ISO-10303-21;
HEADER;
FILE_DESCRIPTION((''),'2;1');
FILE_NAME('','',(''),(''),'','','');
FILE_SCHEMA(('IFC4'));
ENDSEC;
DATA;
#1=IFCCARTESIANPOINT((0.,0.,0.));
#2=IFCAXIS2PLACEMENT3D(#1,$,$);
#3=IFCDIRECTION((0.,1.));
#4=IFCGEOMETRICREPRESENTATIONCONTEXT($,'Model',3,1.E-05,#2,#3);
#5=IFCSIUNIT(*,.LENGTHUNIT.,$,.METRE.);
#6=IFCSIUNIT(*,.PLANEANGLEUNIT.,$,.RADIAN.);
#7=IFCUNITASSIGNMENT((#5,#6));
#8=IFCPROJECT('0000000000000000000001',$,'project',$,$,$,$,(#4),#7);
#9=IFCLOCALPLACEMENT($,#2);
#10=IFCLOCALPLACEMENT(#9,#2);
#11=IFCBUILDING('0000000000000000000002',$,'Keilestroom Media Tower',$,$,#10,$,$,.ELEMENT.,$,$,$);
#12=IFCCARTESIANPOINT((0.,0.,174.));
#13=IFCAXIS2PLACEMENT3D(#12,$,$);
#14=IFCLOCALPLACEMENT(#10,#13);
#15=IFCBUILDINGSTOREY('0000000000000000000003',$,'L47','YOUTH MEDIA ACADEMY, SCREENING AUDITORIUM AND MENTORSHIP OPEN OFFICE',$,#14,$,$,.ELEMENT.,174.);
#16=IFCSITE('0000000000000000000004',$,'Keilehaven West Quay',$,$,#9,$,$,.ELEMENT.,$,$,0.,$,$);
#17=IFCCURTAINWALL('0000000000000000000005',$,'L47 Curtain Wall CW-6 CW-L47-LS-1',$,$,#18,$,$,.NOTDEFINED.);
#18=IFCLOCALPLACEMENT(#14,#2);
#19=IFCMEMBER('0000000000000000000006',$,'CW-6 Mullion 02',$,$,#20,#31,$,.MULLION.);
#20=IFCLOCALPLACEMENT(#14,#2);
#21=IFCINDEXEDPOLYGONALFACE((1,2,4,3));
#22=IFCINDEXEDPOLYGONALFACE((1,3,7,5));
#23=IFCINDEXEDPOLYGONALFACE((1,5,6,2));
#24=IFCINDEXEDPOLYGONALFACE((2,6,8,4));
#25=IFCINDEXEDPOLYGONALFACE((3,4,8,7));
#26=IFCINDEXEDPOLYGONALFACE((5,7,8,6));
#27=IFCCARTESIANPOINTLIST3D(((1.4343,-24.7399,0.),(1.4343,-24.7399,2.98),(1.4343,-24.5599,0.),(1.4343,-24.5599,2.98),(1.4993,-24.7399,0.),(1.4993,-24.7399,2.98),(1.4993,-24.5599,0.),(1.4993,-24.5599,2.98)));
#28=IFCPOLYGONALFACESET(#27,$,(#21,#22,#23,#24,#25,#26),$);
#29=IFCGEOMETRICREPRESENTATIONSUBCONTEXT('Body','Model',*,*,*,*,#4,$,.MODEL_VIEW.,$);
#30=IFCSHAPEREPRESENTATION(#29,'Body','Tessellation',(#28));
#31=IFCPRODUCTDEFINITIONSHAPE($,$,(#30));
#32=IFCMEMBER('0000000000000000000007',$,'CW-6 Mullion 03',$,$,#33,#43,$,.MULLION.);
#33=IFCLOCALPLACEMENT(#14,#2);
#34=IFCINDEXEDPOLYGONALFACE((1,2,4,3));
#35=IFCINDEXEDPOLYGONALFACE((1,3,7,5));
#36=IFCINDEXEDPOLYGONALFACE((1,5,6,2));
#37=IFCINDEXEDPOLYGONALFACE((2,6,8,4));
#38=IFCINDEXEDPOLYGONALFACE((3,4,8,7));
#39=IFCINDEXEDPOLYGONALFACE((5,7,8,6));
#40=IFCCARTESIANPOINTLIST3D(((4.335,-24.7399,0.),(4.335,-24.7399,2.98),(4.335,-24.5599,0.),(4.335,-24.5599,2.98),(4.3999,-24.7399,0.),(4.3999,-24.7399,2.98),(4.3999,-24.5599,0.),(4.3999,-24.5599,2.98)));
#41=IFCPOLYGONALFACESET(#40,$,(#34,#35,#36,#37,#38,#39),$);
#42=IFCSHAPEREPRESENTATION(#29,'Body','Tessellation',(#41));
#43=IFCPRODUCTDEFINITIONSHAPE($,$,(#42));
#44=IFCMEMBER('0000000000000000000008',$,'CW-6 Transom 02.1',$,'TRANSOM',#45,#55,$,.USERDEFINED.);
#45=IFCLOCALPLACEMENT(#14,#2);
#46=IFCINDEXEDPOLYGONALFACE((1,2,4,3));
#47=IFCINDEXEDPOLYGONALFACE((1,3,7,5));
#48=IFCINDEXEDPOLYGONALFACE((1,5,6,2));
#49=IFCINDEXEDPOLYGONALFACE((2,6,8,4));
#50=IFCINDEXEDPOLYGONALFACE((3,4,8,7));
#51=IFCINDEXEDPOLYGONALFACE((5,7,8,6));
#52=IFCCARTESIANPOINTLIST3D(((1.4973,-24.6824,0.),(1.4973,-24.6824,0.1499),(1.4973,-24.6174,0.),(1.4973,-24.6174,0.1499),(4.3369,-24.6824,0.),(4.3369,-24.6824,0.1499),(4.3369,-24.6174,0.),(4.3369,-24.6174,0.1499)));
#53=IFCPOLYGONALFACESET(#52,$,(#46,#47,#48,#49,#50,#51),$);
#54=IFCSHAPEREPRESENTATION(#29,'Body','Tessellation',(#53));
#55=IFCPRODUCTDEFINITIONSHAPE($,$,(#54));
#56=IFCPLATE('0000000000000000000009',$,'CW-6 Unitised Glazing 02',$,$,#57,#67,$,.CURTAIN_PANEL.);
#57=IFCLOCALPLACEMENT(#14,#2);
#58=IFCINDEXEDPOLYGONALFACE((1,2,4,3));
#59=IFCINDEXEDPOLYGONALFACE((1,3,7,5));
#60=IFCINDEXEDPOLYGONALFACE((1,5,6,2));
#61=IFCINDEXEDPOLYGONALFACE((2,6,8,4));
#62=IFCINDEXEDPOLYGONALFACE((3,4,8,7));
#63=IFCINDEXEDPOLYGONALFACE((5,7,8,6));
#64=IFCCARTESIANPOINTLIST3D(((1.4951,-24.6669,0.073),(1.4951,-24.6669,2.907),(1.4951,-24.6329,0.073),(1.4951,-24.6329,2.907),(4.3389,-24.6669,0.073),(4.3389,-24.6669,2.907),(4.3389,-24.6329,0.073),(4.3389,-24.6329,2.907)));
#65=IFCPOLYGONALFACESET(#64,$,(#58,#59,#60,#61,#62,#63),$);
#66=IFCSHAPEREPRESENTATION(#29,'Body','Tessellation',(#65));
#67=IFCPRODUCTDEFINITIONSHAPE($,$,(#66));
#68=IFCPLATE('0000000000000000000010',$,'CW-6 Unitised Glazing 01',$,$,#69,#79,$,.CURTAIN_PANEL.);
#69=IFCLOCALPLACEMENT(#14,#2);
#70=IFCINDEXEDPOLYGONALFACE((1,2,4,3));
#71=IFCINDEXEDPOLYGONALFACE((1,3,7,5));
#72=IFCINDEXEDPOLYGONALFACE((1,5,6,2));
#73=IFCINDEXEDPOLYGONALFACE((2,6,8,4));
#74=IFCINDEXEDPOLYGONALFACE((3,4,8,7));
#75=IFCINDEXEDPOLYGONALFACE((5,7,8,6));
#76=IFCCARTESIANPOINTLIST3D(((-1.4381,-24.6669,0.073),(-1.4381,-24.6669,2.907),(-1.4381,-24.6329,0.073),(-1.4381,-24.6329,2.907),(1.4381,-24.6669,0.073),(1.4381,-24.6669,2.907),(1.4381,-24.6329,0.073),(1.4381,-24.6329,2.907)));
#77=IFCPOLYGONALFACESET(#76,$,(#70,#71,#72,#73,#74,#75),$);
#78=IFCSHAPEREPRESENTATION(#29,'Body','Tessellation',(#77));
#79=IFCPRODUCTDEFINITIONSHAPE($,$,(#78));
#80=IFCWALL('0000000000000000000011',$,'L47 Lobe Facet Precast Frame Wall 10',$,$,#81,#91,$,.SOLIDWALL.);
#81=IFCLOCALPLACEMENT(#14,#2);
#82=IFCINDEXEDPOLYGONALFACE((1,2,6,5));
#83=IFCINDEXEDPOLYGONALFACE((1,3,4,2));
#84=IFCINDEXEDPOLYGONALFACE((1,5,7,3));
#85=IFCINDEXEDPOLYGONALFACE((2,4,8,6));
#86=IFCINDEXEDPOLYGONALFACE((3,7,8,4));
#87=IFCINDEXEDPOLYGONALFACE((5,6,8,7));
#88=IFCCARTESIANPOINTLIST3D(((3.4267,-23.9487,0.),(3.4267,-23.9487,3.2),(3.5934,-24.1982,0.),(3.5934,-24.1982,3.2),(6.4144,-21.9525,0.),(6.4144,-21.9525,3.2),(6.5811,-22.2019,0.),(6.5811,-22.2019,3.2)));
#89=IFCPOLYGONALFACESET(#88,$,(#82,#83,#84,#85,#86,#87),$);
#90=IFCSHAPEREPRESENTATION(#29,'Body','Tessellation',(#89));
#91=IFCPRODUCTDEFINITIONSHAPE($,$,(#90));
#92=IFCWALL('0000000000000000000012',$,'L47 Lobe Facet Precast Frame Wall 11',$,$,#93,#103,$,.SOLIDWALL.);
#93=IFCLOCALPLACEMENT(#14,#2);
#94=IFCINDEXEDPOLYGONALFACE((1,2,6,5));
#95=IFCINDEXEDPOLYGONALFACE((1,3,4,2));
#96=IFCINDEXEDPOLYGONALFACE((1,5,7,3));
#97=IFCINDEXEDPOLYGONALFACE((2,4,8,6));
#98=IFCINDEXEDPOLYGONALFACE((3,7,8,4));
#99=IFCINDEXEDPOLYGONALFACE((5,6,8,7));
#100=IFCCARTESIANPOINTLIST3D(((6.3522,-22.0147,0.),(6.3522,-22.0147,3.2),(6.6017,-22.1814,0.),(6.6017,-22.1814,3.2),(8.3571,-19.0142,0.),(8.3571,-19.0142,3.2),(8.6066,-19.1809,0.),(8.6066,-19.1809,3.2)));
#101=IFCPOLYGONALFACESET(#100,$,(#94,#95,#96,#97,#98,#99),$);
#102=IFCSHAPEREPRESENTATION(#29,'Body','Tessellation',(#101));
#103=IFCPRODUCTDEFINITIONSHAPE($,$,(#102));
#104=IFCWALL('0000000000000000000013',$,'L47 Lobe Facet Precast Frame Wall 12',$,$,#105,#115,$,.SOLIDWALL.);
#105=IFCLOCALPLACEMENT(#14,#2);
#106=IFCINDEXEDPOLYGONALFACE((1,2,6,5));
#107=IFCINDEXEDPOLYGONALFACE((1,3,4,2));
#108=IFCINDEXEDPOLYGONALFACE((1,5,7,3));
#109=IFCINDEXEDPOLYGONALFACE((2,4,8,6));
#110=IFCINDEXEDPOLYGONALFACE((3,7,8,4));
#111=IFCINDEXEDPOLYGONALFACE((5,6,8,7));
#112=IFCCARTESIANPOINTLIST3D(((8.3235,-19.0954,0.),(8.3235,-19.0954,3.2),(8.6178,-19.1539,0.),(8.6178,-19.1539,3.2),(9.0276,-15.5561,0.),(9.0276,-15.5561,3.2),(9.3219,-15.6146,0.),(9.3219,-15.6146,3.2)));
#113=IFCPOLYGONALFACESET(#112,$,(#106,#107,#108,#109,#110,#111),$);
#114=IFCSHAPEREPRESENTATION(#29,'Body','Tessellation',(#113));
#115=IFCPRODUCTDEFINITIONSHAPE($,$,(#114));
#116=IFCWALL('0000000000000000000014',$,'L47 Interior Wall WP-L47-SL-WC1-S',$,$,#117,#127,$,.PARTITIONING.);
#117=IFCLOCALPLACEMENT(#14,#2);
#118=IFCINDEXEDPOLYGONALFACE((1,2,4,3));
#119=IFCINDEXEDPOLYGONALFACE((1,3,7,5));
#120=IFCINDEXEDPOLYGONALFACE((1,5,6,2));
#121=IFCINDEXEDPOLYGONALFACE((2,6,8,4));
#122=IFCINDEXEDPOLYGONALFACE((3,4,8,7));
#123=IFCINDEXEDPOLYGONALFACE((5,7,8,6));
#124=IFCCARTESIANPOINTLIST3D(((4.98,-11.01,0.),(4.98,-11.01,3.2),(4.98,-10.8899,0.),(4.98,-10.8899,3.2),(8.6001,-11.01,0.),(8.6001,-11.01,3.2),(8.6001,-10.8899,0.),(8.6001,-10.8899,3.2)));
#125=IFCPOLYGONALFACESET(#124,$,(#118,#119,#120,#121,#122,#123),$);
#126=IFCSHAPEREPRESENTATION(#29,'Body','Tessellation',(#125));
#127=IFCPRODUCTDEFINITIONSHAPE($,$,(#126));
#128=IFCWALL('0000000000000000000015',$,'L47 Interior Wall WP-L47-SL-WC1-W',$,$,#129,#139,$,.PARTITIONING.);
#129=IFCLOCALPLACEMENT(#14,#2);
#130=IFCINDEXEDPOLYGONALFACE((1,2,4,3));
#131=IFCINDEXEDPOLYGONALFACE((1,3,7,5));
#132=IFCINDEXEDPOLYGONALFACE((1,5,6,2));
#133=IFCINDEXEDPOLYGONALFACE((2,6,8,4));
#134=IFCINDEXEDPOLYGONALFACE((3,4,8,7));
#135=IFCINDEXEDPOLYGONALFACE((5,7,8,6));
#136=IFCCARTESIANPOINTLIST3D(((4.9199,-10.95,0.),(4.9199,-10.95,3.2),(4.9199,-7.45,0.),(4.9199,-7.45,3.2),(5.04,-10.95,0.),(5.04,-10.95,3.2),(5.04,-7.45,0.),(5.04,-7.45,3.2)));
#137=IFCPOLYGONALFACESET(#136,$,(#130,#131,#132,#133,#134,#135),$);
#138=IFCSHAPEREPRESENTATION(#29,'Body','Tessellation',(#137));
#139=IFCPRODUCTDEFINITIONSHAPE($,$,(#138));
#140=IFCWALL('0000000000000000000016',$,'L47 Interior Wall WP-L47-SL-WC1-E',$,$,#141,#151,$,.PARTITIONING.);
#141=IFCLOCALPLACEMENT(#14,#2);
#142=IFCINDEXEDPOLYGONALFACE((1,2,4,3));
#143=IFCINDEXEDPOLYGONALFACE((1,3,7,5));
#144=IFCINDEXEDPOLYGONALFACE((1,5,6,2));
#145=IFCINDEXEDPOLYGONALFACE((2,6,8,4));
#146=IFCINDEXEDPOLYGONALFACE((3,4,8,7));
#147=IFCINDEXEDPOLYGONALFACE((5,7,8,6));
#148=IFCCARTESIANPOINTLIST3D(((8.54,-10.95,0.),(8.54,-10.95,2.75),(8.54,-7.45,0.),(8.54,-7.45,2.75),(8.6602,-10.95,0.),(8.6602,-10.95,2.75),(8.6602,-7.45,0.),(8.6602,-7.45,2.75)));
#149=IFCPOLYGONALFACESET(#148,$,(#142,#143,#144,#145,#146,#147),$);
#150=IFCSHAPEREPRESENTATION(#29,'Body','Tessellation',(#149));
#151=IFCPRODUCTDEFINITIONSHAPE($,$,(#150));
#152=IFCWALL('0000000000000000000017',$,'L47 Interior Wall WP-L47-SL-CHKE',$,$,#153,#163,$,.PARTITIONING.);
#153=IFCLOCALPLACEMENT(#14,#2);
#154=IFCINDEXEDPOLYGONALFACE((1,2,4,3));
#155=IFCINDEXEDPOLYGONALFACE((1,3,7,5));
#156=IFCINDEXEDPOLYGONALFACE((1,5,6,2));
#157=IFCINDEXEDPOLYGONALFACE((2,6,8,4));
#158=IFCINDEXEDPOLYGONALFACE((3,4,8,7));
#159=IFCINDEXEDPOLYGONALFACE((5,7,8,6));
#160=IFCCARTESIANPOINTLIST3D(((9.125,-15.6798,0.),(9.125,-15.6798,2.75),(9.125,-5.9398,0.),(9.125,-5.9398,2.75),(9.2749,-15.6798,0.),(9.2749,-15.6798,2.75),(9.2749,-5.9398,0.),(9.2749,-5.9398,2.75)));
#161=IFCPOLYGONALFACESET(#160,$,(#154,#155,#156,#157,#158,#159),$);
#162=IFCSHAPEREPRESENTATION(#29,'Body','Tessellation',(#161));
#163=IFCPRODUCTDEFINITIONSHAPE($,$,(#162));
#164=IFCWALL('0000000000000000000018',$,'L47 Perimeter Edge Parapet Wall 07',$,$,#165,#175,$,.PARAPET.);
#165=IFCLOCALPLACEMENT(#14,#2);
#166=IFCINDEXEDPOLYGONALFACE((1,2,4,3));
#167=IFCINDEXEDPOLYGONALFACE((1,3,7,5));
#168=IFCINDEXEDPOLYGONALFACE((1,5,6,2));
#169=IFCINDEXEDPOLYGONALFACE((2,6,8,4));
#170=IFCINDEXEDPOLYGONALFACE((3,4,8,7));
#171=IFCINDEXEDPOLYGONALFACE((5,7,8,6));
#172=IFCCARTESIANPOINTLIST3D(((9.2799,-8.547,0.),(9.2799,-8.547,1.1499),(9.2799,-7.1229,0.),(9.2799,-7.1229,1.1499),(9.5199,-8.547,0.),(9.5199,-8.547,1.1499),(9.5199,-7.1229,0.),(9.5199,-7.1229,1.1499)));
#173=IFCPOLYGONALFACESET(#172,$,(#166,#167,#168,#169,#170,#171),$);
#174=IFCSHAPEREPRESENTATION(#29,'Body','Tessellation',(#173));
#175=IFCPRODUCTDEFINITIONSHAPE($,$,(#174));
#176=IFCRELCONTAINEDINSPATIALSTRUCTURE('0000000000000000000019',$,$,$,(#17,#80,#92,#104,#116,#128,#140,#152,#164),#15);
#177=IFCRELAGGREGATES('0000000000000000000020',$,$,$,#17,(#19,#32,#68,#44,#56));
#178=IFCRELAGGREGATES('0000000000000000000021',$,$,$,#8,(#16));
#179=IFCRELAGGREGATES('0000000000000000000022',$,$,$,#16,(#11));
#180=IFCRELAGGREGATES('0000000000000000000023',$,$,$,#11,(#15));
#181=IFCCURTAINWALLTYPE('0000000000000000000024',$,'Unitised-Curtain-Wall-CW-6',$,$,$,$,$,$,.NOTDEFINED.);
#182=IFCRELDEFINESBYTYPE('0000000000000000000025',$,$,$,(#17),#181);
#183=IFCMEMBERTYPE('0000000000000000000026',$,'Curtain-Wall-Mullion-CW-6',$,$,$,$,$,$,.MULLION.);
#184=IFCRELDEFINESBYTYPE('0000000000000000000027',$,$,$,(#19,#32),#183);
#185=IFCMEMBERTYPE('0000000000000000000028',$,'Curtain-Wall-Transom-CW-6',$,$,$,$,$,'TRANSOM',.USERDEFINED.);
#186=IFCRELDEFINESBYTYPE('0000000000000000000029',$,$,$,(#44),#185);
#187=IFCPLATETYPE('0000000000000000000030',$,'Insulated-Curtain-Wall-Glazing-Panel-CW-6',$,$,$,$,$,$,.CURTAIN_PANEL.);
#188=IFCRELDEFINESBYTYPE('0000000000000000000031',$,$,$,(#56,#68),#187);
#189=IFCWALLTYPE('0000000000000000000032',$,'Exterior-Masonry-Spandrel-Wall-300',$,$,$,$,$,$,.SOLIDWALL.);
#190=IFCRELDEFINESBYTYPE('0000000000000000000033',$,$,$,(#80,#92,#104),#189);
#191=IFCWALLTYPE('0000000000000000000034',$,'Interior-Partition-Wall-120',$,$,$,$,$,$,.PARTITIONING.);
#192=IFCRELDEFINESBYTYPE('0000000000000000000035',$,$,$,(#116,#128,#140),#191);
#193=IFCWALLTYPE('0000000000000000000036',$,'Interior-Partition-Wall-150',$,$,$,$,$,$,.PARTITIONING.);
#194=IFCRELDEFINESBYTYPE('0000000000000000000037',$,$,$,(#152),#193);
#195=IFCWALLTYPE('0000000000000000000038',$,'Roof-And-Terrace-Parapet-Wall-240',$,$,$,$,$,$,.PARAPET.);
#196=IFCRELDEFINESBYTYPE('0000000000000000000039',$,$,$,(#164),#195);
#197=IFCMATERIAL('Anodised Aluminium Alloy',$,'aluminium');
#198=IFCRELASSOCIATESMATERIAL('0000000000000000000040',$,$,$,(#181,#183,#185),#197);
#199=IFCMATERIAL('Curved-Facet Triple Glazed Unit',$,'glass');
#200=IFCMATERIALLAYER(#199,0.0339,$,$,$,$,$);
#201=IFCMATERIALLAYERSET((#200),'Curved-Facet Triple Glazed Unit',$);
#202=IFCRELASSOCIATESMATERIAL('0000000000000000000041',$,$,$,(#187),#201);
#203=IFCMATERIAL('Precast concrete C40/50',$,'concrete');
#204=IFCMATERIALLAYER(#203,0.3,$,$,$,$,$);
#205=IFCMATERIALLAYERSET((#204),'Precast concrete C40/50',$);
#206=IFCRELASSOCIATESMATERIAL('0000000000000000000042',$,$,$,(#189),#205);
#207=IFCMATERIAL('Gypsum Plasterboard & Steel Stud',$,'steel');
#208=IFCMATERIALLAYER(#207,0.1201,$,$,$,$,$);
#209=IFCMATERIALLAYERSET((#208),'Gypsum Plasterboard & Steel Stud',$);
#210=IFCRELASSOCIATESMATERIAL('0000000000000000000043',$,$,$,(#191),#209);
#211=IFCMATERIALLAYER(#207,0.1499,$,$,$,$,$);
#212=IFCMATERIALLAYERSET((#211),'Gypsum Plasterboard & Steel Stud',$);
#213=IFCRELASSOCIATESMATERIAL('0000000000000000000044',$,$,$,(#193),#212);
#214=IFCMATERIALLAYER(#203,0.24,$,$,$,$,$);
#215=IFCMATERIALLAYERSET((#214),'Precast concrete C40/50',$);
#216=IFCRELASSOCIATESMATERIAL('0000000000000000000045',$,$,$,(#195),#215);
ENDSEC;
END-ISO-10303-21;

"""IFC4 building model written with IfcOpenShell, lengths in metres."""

from ifc_helpers import new_model, si_unit, direction, frame, frame_2d, origin, origin_2d, place, context, subcontext, project, spatial, rectangle, extrude, source, transform, mapped, material, layer, layer_set, material_profile, profile_set, type_object, element, aggregate, save


model = new_model("IFC4")

# Units and contexts
model_context = context("Model", 3, precision=1e-05, world=origin(), true_north=direction((0.0, 1.0)))
body_context = subcontext(model_context, "Body", "Model", "MODEL_VIEW")
ifc_project = project(units=[si_unit("LENGTHUNIT", "METRE"), si_unit("PLANEANGLEUNIT", "RADIAN")], contexts=[model_context])

# Site, building, storey
site_placement = place(None, origin())
site = spatial("IfcSite", under=ifc_project, at=site_placement, Name="Keilehaven West Quay", CompositionType="ELEMENT", RefElevation=0.0)
building_placement = place(site_placement, origin())
building = spatial("IfcBuilding", under=site, at=building_placement, Name="Keilestroom Media Tower", CompositionType="ELEMENT")
storey_placement = place(building_placement, frame((0.0, 0.0, 174.0)))
storey = spatial("IfcBuildingStorey", under=building, at=storey_placement, Name="L47", Description="YOUTH MEDIA ACADEMY, SCREENING AUDITORIUM AND MENTORSHIP OPEN OFFICE", CompositionType="ELEMENT", Elevation=174.0)

# Shared definitions
ifc_material_1 = material(Name="Precast concrete C40/50", Category="concrete")

# Curtain wall, members, plates
ifc_material_2 = material(Name="Anodised Aluminium Alloy", Category="aluminium")
curtain_wall_type = type_object("IfcCurtainWallType", Name="Unitised-Curtain-Wall-CW-6", PredefinedType="NOTDEFINED", material=ifc_material_2)
curtain_wall_placement = place(storey_placement, origin())
curtain_wall = element("IfcCurtainWall", 1, at=curtain_wall_placement, inside=storey, type_object=curtain_wall_type, Name="L47 Curtain Wall CW-6 CW-L47-LS-1", PredefinedType="NOTDEFINED")
ifc_material_profile_1 = material_profile(ifc_material_2, rectangle(XDim=0.0649, YDim=0.1799, at=origin_2d()), Name="ALU MULLION 65x180")
ifc_profile_set_1 = profile_set([ifc_material_profile_1], Name="Anodised Aluminium Alloy")
member_type_1 = type_object("IfcMemberType", Name="Curtain-Wall-Mullion-CW-6", PredefinedType="MULLION", material=ifc_profile_set_1)
shared_shape_1 = source(origin(), body_context, "Body", "SweptSolid", [
    extrude(rectangle(XDim=0.0649, YDim=0.1799, at=origin_2d()), origin(), (0.0, 0.0, 1.0), 2.98),
])
member_1_placement = place(storey_placement, frame((1.4668, -24.6499, 0.0), z_axis=(0.0, 0.0, 1.0), x_axis=(1.0, 0.0, 0.0)))
member_1 = element("IfcMember", 2, at=member_1_placement, type_object=member_type_1, Name="CW-6 Mullion 02", PredefinedType="MULLION", context=body_context, shape_type="MappedRepresentation", body=[
    mapped(shared_shape_1, transform((0.0, 0.0, 0.0), x_axis=(1.0, 0.0, 0.0), y_axis=(0.0, 1.0, 0.0), z_axis=(0.0, 0.0, 1.0), scale=1.0)),
])
member_2_placement = place(storey_placement, frame((4.3674, -24.6499, 0.0), z_axis=(0.0, 0.0, 1.0), x_axis=(1.0, 0.0, 0.0)))
member_2 = element("IfcMember", 3, at=member_2_placement, type_object=member_type_1, Name="CW-6 Mullion 03", PredefinedType="MULLION", context=body_context, shape_type="MappedRepresentation", body=[
    mapped(shared_shape_1, transform((0.0, 0.0, 0.0), x_axis=(1.0, 0.0, 0.0), y_axis=(0.0, 1.0, 0.0), z_axis=(0.0, 0.0, 1.0), scale=1.0)),
])
ifc_material_profile_2 = material_profile(ifc_material_2, rectangle(XDim=0.0649, YDim=0.1499, at=origin_2d()), Name="ALU TRANSOM 65x150")
ifc_profile_set_2 = profile_set([ifc_material_profile_2], Name="Anodised Aluminium Alloy")
member_type_2 = type_object("IfcMemberType", Name="Curtain-Wall-Transom-CW-6", ElementType="TRANSOM", PredefinedType="USERDEFINED", material=ifc_profile_set_2)
shared_shape_2 = source(origin(), body_context, "Body", "SweptSolid", [
    extrude(rectangle(XDim=0.0649, YDim=0.1499, at=origin_2d()), origin(), (0.0, 0.0, 1.0), 2.8396),
])
member_3_placement = place(storey_placement, frame((1.4973, -24.6499, 0.075), z_axis=(1.0, 0.0, 0.0), x_axis=(0.0, 1.0, 0.0)))
member_3 = element("IfcMember", 4, at=member_3_placement, type_object=member_type_2, Name="CW-6 Transom 02.1", ObjectType="TRANSOM", PredefinedType="USERDEFINED", context=body_context, shape_type="MappedRepresentation", body=[
    mapped(shared_shape_2, transform((0.0, 0.0, 0.0), x_axis=(1.0, 0.0, 0.0), y_axis=(0.0, 1.0, 0.0), z_axis=(0.0, 0.0, 1.0), scale=1.0)),
])
ifc_material_3 = material(Name="Curved-Facet Triple Glazed Unit", Category="glass")
ifc_layer_1 = layer(ifc_material_3, 0.0339)
ifc_layer_set_1 = layer_set([ifc_layer_1], Name="Curved-Facet Triple Glazed Unit")
plate_type = type_object("IfcPlateType", Name="Insulated-Curtain-Wall-Glazing-Panel-CW-6", PredefinedType="CURTAIN_PANEL", material=ifc_layer_set_1)
shared_shape_3 = source(origin(), body_context, "Body", "SweptSolid", [
    extrude(rectangle(XDim=2.8438, YDim=0.0339, at=origin_2d()), origin(), (0.0, 0.0, 1.0), 2.834),
])
plate_1_placement = place(storey_placement, frame((2.917, -24.6499, 0.073), z_axis=(0.0, 0.0, 1.0), x_axis=(1.0, 0.0, 0.0)))
plate_1 = element("IfcPlate", 5, at=plate_1_placement, type_object=plate_type, Name="CW-6 Unitised Glazing 02", PredefinedType="CURTAIN_PANEL", context=body_context, shape_type="MappedRepresentation", body=[
    mapped(shared_shape_3, transform((0.0, 0.0, 0.0), x_axis=(1.0, 0.0, 0.0), y_axis=(0.0, 1.0, 0.0), z_axis=(0.0, 0.0, 1.0), scale=1.0)),
])
shared_shape_4 = source(origin(), body_context, "Body", "SweptSolid", [
    extrude(rectangle(XDim=2.8762, YDim=0.0339, at=origin_2d()), origin(), (0.0, 0.0, 1.0), 2.834),
])
plate_2_placement = place(storey_placement, frame((0.0, -24.6499, 0.073), z_axis=(0.0, 0.0, 1.0), x_axis=(1.0, 0.0, 0.0)))
plate_2 = element("IfcPlate", 6, at=plate_2_placement, type_object=plate_type, Name="CW-6 Unitised Glazing 01", PredefinedType="CURTAIN_PANEL", context=body_context, shape_type="MappedRepresentation", body=[
    mapped(shared_shape_4, transform((0.0, 0.0, 0.0), x_axis=(1.0, 0.0, 0.0), y_axis=(0.0, 1.0, 0.0), z_axis=(0.0, 0.0, 1.0), scale=1.0)),
])
aggregate(curtain_wall, [member_1, member_2, plate_2, member_3, plate_1])

# Walls
ifc_layer_2 = layer(ifc_material_1, 0.3)
ifc_layer_set_2 = layer_set([ifc_layer_2], Name="Precast concrete C40/50")
wall_type_1 = type_object("IfcWallType", Name="Exterior-Masonry-Spandrel-Wall-300", PredefinedType="SOLIDWALL", material=ifc_layer_set_2)
wall_1_placement = place(storey_placement, frame((3.51, -24.0735, 0.0), z_axis=(0.0, 0.0, 1.0), x_axis=(0.831475, 0.555562, 0.0)))
element("IfcWall", 7, at=wall_1_placement, inside=storey, type_object=wall_type_1, Name="L47 Lobe Facet Precast Frame Wall 10", PredefinedType="SOLIDWALL", context=body_context, shape_type="SweptSolid", body=[
    extrude(rectangle(XDim=3.5933, YDim=0.3, at=frame_2d((1.7966, 0.0))), origin(), (0.0, 0.0, 1.0), 3.2),
])
for number, where, z_axis, x_axis, name in (
    (8, (6.4771, -22.0979, 0.0), (0.0, 0.0, 1.0), (0.555574, 0.831467, 0.0), "L47 Lobe Facet Precast Frame Wall 11"),
    (9, (8.4707, -19.1245, 0.0), (0.0, 0.0, 1.0), (0.195114, 0.980781, 0.0), "L47 Lobe Facet Precast Frame Wall 12"),
):
    element("IfcWall", number, at=place(storey_placement, frame(where, z_axis=z_axis, x_axis=x_axis)), inside=storey, type_object=wall_type_1, Name=name, PredefinedType="SOLIDWALL", context=body_context, shape_type="SweptSolid", body=[
        extrude(rectangle(XDim=3.6086, YDim=0.3, at=frame_2d((1.8042, 0.0))), origin(), (0.0, 0.0, 1.0), 3.2),
    ])
ifc_material_4 = material(Name="Gypsum Plasterboard & Steel Stud", Category="steel")
ifc_layer_3 = layer(ifc_material_4, 0.1201)
ifc_layer_set_3 = layer_set([ifc_layer_3], Name="Gypsum Plasterboard & Steel Stud")
wall_type_2 = type_object("IfcWallType", Name="Interior-Partition-Wall-120", PredefinedType="PARTITIONING", material=ifc_layer_set_3)
wall_2_placement = place(storey_placement, frame((4.98, -10.95, 0.0), z_axis=(0.0, 0.0, 1.0), x_axis=(1.0, 0.0, 0.0)))
element("IfcWall", 10, at=wall_2_placement, inside=storey, type_object=wall_type_2, Name="L47 Interior Wall WP-L47-SL-WC1-S", PredefinedType="PARTITIONING", context=body_context, shape_type="SweptSolid", body=[
    extrude(rectangle(XDim=3.6201, YDim=0.1201, at=frame_2d((1.8101, 0.0))), origin(), (0.0, 0.0, 1.0), 3.2),
])
wall_3_placement = place(storey_placement, frame((4.98, -10.95, 0.0), z_axis=(0.0, 0.0, 1.0), x_axis=(0.0, 1.0, 0.0)))
element("IfcWall", 11, at=wall_3_placement, inside=storey, type_object=wall_type_2, Name="L47 Interior Wall WP-L47-SL-WC1-W", PredefinedType="PARTITIONING", context=body_context, shape_type="SweptSolid", body=[
    extrude(rectangle(XDim=3.5, YDim=0.1201, at=frame_2d((1.75, 0.0))), origin(), (0.0, 0.0, 1.0), 3.2),
])
wall_4_placement = place(storey_placement, frame((8.6001, -10.95, 0.0), z_axis=(0.0, 0.0, 1.0), x_axis=(0.0, 1.0, 0.0)))
element("IfcWall", 12, at=wall_4_placement, inside=storey, type_object=wall_type_2, Name="L47 Interior Wall WP-L47-SL-WC1-E", PredefinedType="PARTITIONING", context=body_context, shape_type="SweptSolid", body=[
    extrude(rectangle(XDim=3.5, YDim=0.1201, at=frame_2d((1.75, 0.0))), origin(), (0.0, 0.0, 1.0), 2.75),
])
ifc_layer_4 = layer(ifc_material_4, 0.1499)
ifc_layer_set_4 = layer_set([ifc_layer_4], Name="Gypsum Plasterboard & Steel Stud")
wall_type_3 = type_object("IfcWallType", Name="Interior-Partition-Wall-150", PredefinedType="PARTITIONING", material=ifc_layer_set_4)
wall_5_placement = place(storey_placement, frame((9.2, -15.6799, 0.0), z_axis=(0.0, 0.0, 1.0), x_axis=(0.0, 1.0, 0.0)))
element("IfcWall", 13, at=wall_5_placement, inside=storey, type_object=wall_type_3, Name="L47 Interior Wall WP-L47-SL-CHKE", PredefinedType="PARTITIONING", context=body_context, shape_type="SweptSolid", body=[
    extrude(rectangle(XDim=9.74, YDim=0.1499, at=frame_2d((4.8701, 0.0))), origin(), (0.0, 0.0, 1.0), 2.75),
])
ifc_layer_5 = layer(ifc_material_1, 0.24)
ifc_layer_set_5 = layer_set([ifc_layer_5], Name="Precast concrete C40/50")
wall_type_4 = type_object("IfcWallType", Name="Roof-And-Terrace-Parapet-Wall-240", PredefinedType="PARAPET", material=ifc_layer_set_5)
wall_6_placement = place(storey_placement, frame((9.3999, -7.123, 0.0), z_axis=(0.0, 0.0, 1.0), x_axis=(0.0, -1.0, 0.0)))
element("IfcWall", 14, at=wall_6_placement, inside=storey, type_object=wall_type_4, Name="L47 Perimeter Edge Parapet Wall 07", PredefinedType="PARAPET", context=body_context, shape_type="SweptSolid", body=[
    extrude(rectangle(XDim=1.4241, YDim=0.24, at=frame_2d((0.7119, 0.0))), origin(), (0.0, 0.0, 1.0), 1.1499),
])

save(model, "model.ifc")
